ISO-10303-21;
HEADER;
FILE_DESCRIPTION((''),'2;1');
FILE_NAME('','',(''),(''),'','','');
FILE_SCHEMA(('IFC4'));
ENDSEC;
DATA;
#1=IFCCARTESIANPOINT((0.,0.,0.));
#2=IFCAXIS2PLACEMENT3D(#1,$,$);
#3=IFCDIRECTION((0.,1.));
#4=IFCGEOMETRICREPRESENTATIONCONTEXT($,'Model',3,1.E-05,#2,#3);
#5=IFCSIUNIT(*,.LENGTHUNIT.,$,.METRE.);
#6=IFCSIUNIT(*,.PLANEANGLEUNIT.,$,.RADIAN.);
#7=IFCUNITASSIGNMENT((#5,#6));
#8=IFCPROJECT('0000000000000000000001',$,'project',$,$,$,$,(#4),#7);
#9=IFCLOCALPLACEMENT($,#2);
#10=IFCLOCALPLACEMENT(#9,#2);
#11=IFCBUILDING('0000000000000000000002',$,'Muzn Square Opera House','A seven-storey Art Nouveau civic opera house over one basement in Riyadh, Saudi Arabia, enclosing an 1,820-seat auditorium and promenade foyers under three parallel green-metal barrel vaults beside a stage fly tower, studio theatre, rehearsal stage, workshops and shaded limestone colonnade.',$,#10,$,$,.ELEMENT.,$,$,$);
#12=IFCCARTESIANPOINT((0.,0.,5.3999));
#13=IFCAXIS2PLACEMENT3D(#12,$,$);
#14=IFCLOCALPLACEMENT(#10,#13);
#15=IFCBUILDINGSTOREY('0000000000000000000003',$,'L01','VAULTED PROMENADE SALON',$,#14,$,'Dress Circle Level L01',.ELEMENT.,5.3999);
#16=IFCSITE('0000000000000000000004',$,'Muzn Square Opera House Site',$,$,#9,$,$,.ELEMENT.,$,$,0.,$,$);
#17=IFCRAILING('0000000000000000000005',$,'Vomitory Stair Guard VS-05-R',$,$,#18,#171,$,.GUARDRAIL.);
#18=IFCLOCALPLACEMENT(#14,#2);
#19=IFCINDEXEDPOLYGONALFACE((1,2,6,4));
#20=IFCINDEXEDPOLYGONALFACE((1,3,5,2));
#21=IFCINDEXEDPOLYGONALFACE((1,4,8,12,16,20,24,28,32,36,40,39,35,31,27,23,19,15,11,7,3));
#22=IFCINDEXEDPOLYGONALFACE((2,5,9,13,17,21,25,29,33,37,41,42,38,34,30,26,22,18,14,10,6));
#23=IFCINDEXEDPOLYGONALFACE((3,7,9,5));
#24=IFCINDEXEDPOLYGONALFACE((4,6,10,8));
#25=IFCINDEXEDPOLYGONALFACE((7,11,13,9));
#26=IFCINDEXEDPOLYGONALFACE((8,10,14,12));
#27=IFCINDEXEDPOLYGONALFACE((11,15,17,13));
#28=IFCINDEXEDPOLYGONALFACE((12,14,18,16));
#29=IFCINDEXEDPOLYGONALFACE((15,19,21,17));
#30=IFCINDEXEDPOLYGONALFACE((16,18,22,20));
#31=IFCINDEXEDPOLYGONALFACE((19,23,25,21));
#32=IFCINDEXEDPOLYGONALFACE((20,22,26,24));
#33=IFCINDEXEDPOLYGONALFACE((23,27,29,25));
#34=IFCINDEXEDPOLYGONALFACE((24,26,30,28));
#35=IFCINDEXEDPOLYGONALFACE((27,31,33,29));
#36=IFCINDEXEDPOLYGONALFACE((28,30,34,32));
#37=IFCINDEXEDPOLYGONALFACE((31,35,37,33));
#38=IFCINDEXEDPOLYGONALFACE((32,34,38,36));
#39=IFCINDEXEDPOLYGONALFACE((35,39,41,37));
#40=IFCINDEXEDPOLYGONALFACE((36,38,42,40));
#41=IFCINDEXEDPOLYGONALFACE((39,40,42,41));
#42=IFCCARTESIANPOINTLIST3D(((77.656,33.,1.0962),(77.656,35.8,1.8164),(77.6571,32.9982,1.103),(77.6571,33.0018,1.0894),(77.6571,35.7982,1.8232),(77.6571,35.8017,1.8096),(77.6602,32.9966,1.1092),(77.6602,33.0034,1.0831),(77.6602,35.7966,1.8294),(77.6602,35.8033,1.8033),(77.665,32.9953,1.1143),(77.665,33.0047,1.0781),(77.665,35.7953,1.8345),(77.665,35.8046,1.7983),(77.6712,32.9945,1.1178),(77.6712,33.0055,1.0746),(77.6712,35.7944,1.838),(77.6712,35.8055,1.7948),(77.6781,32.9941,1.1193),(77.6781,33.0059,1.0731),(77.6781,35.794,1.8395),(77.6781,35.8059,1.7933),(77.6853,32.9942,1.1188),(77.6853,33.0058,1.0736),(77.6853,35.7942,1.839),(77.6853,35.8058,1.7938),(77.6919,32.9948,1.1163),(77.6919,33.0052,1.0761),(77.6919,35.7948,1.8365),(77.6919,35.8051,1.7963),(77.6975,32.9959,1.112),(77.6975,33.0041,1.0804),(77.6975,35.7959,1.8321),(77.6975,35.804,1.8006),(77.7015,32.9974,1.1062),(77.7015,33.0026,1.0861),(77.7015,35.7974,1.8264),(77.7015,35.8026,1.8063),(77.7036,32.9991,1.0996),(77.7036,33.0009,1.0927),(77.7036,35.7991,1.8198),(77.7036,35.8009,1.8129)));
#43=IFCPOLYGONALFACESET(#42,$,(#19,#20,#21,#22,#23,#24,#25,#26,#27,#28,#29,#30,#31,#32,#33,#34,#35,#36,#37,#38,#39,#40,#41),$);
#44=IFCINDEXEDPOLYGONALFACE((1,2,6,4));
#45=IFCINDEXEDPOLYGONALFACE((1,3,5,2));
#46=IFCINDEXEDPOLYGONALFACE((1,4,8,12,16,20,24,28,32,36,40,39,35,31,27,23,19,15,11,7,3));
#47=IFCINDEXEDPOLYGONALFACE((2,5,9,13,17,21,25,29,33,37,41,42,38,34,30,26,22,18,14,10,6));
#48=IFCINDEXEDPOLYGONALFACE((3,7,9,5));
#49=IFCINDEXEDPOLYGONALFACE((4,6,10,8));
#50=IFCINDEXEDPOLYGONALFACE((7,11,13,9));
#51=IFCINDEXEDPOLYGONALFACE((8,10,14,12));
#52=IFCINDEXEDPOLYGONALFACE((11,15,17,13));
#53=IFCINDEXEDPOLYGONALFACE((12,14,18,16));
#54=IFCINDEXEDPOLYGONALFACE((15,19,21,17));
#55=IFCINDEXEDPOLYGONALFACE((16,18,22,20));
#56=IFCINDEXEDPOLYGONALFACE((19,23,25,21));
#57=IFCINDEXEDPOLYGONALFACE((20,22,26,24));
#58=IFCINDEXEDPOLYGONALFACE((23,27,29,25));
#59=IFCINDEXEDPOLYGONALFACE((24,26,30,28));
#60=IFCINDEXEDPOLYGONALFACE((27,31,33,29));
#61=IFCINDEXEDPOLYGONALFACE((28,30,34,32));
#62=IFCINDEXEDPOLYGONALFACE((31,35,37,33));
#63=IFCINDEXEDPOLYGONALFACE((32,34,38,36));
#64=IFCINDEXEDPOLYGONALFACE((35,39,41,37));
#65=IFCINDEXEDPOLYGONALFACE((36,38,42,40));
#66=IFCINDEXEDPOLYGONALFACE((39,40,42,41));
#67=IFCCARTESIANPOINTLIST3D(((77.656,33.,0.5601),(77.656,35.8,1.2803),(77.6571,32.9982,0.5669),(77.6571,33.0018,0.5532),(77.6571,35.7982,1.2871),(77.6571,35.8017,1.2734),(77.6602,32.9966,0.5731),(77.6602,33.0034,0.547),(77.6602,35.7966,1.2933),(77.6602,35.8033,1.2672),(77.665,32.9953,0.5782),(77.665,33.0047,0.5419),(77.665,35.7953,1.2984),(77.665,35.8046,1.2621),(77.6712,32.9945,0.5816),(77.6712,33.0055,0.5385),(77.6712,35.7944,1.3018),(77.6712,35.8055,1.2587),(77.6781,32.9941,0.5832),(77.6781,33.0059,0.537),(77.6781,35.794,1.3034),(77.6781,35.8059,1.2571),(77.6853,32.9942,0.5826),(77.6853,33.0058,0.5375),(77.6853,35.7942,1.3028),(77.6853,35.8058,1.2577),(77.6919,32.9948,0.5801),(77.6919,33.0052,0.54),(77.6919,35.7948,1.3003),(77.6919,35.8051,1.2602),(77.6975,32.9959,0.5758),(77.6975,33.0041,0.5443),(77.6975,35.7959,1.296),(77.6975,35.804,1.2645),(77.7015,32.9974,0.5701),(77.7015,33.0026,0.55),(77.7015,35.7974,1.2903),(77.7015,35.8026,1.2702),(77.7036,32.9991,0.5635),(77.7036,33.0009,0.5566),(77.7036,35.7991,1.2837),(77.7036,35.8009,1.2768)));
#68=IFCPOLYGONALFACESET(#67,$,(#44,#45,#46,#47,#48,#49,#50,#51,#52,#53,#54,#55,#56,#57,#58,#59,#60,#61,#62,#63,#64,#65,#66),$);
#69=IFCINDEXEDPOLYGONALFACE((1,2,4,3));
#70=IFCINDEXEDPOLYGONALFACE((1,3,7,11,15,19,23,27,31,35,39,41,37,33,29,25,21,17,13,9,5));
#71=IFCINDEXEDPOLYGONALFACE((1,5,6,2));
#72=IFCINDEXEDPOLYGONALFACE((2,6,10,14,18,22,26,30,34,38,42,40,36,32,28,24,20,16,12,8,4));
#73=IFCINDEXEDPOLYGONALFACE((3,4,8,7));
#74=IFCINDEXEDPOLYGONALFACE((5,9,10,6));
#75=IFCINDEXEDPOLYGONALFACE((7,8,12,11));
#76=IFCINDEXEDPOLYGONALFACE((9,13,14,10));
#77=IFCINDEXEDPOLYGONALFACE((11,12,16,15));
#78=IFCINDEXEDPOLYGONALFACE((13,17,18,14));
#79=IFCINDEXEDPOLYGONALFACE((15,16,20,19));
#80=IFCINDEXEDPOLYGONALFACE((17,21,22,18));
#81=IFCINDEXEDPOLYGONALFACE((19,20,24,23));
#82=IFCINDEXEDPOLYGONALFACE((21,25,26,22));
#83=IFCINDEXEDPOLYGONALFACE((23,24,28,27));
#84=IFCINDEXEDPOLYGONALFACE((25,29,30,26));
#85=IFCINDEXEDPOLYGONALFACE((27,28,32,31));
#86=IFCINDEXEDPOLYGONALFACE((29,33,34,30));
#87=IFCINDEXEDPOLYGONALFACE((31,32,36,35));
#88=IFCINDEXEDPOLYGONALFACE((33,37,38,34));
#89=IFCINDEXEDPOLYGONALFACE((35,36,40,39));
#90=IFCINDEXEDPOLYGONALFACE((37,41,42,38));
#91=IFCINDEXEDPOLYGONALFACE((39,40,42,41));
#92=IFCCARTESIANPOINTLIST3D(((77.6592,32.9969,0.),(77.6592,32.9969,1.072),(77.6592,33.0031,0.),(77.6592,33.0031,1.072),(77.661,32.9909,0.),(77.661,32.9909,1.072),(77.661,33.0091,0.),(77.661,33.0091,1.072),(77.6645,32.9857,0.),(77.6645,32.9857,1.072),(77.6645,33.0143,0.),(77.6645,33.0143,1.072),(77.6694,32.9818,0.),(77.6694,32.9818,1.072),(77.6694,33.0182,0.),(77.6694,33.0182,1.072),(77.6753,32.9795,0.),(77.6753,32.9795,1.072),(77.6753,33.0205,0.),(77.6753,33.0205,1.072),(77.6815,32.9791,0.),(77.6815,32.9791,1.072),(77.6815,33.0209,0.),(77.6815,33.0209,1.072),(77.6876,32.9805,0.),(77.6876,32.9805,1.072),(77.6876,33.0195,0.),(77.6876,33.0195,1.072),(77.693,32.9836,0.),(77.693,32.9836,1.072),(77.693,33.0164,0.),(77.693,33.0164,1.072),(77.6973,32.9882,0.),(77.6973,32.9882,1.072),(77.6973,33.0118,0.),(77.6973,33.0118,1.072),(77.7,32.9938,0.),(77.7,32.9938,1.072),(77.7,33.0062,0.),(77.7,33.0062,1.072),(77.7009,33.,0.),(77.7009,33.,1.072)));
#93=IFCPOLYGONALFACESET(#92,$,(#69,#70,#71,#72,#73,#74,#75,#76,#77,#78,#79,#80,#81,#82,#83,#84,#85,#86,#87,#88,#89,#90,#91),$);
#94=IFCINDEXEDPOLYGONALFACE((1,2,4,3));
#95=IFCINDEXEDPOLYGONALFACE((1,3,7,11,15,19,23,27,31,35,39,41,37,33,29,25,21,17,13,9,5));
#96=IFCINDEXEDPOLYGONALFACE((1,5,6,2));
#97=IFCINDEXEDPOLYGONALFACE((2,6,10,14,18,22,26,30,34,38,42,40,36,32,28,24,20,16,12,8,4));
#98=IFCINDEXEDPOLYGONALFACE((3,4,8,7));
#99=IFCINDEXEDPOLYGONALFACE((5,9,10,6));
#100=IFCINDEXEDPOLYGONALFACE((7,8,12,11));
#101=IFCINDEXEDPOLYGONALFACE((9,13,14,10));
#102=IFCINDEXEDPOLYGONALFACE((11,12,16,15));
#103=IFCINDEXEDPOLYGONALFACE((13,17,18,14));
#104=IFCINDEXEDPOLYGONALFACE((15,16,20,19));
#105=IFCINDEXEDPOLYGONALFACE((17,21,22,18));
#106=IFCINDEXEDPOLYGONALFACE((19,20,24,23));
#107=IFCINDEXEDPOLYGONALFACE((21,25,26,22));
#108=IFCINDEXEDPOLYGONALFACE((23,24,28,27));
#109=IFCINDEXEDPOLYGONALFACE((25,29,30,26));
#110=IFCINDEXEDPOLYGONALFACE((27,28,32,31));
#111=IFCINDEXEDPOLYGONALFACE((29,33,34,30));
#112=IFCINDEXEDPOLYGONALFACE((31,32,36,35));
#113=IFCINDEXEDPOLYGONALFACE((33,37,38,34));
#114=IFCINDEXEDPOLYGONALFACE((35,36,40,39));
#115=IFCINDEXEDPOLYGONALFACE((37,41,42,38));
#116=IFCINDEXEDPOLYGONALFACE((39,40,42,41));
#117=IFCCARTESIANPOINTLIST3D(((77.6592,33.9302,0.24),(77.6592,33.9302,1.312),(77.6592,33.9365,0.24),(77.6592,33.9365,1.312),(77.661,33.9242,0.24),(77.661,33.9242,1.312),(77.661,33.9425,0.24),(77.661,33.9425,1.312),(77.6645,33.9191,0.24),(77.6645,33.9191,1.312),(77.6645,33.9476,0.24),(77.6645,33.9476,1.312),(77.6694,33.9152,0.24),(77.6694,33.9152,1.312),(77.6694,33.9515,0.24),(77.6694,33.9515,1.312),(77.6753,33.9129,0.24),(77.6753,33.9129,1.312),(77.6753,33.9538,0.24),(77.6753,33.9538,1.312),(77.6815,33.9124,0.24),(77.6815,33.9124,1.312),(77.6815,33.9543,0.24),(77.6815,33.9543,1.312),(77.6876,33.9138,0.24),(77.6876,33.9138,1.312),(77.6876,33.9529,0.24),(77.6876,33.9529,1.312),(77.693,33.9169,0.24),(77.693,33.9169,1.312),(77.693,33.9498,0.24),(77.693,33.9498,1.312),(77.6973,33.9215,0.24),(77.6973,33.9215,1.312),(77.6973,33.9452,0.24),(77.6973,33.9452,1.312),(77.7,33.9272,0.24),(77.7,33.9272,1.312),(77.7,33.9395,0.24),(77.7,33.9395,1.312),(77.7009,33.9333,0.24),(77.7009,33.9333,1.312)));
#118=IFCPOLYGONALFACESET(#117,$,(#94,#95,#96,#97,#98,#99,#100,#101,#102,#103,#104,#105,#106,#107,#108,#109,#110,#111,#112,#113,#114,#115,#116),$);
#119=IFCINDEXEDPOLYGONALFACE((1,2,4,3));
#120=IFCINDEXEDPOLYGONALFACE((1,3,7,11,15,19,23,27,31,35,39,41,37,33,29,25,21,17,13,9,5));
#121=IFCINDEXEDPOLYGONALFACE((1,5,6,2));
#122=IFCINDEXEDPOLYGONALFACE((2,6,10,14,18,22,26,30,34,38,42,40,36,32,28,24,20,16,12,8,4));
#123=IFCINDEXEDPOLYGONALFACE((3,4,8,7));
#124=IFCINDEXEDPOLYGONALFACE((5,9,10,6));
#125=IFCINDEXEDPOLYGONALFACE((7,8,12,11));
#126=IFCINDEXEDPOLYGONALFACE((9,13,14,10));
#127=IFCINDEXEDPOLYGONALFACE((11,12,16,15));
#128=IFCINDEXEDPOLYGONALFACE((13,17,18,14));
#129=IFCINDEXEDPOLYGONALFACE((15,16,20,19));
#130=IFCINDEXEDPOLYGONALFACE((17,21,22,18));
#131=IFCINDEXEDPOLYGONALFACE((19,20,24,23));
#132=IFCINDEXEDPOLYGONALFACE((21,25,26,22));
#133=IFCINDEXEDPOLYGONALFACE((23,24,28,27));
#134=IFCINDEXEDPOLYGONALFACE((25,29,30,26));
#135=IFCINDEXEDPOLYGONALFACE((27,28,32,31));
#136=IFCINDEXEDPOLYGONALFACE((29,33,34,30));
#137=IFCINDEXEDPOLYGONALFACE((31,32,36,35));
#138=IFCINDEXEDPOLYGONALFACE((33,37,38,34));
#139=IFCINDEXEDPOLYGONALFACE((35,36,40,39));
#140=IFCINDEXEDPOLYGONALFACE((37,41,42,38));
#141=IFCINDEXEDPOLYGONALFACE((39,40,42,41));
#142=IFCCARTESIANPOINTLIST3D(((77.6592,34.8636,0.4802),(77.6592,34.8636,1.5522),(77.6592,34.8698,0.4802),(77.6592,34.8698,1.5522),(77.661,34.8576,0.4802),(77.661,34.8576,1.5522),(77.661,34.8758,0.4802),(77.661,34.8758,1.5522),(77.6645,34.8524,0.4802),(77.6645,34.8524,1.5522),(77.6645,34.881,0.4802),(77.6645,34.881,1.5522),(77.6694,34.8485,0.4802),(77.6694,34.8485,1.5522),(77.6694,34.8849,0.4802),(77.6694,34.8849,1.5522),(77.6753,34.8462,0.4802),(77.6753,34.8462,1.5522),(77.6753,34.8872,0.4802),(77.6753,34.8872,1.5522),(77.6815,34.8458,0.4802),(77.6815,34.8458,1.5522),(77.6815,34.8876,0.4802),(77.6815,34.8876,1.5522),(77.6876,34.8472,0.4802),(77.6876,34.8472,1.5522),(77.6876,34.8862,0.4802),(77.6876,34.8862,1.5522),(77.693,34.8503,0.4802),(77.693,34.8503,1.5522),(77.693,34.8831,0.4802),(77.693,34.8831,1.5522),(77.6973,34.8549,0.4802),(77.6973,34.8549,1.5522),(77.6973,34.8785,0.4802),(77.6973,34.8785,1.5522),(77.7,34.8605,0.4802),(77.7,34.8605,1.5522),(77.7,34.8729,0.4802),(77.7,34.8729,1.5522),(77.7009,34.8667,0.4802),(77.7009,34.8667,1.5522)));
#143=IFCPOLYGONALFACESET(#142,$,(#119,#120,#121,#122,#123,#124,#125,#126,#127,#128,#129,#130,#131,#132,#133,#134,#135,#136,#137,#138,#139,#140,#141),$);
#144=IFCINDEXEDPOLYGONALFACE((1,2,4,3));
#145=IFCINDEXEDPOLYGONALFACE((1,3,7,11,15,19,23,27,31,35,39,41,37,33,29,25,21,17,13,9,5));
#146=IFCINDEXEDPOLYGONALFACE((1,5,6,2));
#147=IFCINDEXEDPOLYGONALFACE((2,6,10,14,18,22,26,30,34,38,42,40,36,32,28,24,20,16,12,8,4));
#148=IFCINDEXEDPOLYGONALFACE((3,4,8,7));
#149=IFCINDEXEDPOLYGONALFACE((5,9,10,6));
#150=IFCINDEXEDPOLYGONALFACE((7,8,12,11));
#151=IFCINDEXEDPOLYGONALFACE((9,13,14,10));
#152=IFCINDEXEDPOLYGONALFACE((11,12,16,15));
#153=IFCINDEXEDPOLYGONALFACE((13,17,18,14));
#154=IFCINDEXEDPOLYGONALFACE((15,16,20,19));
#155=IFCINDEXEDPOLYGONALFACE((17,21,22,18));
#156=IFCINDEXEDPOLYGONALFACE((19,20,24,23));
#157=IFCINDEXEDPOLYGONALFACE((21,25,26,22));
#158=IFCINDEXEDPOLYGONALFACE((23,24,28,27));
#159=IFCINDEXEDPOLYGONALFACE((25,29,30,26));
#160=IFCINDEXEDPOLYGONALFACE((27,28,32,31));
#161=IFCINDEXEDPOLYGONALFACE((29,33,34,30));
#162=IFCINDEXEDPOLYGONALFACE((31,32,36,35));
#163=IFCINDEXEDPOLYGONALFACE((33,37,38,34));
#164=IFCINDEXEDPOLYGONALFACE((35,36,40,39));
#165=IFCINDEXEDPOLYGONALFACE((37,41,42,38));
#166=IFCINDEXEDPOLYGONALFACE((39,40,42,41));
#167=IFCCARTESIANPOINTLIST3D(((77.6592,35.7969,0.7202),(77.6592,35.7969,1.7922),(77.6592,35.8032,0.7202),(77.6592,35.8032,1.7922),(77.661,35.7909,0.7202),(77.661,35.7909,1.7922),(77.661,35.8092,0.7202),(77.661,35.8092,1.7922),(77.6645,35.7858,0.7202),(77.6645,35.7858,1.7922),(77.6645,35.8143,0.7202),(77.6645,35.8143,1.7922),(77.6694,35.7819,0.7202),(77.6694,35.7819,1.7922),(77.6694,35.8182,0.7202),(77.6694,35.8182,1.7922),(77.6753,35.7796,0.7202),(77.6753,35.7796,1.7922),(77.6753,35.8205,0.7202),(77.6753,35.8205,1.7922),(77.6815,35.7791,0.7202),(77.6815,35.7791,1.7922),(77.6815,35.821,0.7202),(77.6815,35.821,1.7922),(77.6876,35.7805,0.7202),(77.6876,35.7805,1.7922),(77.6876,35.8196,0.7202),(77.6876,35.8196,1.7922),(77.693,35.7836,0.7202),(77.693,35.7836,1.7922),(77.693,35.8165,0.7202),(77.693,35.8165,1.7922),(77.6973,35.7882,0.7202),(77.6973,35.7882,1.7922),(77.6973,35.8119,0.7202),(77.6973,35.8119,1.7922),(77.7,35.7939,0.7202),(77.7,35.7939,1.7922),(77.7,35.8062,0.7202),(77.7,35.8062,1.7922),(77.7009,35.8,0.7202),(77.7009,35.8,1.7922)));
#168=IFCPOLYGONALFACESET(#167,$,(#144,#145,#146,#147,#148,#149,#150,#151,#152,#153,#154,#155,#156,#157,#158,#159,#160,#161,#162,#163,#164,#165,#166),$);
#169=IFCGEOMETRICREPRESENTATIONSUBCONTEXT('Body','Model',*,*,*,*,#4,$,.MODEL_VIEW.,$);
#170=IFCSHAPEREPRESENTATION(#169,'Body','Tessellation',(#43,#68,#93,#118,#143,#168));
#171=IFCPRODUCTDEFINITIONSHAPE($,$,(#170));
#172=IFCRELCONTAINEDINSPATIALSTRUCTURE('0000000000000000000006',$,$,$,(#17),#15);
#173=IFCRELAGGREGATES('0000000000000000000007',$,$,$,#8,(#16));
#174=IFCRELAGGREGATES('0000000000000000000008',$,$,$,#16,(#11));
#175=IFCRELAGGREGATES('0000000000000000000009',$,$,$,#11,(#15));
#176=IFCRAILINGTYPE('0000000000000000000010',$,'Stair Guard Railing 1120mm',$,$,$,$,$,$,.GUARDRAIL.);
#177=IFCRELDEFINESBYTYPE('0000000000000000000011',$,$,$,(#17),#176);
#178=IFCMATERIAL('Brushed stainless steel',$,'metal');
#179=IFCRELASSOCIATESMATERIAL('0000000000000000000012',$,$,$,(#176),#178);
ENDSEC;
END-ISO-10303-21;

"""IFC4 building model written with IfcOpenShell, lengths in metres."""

from ifc_helpers import new_model, si_unit, direction, frame, origin, origin_2d, place, context, subcontext, project, spatial, circle, extrude, material, type_object, element, save


model = new_model("IFC4")

# Units and contexts
model_context = context("Model", 3, precision=1e-05, world=origin(), true_north=direction((0.0, 1.0)))
body_context = subcontext(model_context, "Body", "Model", "MODEL_VIEW")
ifc_project = project(units=[si_unit("LENGTHUNIT", "METRE"), si_unit("PLANEANGLEUNIT", "RADIAN")], contexts=[model_context])

# Site, building, storey
site_placement = place(None, origin())
site = spatial("IfcSite", under=ifc_project, at=site_placement, Name="Muzn Square Opera House Site", CompositionType="ELEMENT", RefElevation=0.0)
building_placement = place(site_placement, origin())
building = spatial("IfcBuilding", under=site, at=building_placement, Name="Muzn Square Opera House", Description="A seven-storey Art Nouveau civic opera house over one basement in Riyadh, Saudi Arabia, enclosing an 1,820-seat auditorium and promenade foyers under three parallel green-metal barrel vaults beside a stage fly tower, studio theatre, rehearsal stage, workshops and shaded limestone colonnade.", CompositionType="ELEMENT")
storey_placement = place(building_placement, frame((0.0, 0.0, 5.3999)))
storey = spatial("IfcBuildingStorey", under=building, at=storey_placement, Name="L01", Description="VAULTED PROMENADE SALON", LongName="Dress Circle Level L01", CompositionType="ELEMENT", Elevation=5.3999)

# Railing
ifc_material_1 = material(Name="Brushed stainless steel", Category="metal")
railing_type_1 = type_object("IfcRailingType", Name="Stair Guard Railing 1120mm", PredefinedType="GUARDRAIL", material=ifc_material_1)
railing_1_placement = place(storey_placement, frame((77.6799, 33.0, 0.0)))
element("IfcRailing", 1, at=railing_1_placement, inside=storey, type_object=railing_type_1, Name="Vomitory Stair Guard VS-05-R", PredefinedType="GUARDRAIL", context=body_context, shape_type="SweptSolid", body=[
    extrude(circle(Radius=0.0239, at=origin_2d()), frame((0.0, 0.0, 1.0962), z_axis=(0.0, 0.968476, 0.249107), x_axis=(-1.0, 0.0, 0.0)), (0.0, 0.0, 1.0), 2.8911),
    extrude(circle(Radius=0.0239, at=origin_2d()), frame((0.0, 0.0, 0.5601), z_axis=(0.0, 0.968476, 0.249107), x_axis=(-1.0, 0.0, 0.0)), (0.0, 0.0, 1.0), 2.8911),
    extrude(circle(Radius=0.021, at=origin_2d()), origin(), (0.0, 0.0, 1.0), 1.072),
    extrude(circle(Radius=0.021, at=origin_2d()), frame((0.0, 0.9333, 0.24)), (0.0, 0.0, 1.0), 1.072),
    extrude(circle(Radius=0.021, at=origin_2d()), frame((0.0, 1.8667, 0.4802)), (0.0, 0.0, 1.0), 1.072),
    extrude(circle(Radius=0.021, at=origin_2d()), frame((0.0, 2.8, 0.7202)), (0.0, 0.0, 1.0), 1.072),
])

save(model, "model.ifc")
